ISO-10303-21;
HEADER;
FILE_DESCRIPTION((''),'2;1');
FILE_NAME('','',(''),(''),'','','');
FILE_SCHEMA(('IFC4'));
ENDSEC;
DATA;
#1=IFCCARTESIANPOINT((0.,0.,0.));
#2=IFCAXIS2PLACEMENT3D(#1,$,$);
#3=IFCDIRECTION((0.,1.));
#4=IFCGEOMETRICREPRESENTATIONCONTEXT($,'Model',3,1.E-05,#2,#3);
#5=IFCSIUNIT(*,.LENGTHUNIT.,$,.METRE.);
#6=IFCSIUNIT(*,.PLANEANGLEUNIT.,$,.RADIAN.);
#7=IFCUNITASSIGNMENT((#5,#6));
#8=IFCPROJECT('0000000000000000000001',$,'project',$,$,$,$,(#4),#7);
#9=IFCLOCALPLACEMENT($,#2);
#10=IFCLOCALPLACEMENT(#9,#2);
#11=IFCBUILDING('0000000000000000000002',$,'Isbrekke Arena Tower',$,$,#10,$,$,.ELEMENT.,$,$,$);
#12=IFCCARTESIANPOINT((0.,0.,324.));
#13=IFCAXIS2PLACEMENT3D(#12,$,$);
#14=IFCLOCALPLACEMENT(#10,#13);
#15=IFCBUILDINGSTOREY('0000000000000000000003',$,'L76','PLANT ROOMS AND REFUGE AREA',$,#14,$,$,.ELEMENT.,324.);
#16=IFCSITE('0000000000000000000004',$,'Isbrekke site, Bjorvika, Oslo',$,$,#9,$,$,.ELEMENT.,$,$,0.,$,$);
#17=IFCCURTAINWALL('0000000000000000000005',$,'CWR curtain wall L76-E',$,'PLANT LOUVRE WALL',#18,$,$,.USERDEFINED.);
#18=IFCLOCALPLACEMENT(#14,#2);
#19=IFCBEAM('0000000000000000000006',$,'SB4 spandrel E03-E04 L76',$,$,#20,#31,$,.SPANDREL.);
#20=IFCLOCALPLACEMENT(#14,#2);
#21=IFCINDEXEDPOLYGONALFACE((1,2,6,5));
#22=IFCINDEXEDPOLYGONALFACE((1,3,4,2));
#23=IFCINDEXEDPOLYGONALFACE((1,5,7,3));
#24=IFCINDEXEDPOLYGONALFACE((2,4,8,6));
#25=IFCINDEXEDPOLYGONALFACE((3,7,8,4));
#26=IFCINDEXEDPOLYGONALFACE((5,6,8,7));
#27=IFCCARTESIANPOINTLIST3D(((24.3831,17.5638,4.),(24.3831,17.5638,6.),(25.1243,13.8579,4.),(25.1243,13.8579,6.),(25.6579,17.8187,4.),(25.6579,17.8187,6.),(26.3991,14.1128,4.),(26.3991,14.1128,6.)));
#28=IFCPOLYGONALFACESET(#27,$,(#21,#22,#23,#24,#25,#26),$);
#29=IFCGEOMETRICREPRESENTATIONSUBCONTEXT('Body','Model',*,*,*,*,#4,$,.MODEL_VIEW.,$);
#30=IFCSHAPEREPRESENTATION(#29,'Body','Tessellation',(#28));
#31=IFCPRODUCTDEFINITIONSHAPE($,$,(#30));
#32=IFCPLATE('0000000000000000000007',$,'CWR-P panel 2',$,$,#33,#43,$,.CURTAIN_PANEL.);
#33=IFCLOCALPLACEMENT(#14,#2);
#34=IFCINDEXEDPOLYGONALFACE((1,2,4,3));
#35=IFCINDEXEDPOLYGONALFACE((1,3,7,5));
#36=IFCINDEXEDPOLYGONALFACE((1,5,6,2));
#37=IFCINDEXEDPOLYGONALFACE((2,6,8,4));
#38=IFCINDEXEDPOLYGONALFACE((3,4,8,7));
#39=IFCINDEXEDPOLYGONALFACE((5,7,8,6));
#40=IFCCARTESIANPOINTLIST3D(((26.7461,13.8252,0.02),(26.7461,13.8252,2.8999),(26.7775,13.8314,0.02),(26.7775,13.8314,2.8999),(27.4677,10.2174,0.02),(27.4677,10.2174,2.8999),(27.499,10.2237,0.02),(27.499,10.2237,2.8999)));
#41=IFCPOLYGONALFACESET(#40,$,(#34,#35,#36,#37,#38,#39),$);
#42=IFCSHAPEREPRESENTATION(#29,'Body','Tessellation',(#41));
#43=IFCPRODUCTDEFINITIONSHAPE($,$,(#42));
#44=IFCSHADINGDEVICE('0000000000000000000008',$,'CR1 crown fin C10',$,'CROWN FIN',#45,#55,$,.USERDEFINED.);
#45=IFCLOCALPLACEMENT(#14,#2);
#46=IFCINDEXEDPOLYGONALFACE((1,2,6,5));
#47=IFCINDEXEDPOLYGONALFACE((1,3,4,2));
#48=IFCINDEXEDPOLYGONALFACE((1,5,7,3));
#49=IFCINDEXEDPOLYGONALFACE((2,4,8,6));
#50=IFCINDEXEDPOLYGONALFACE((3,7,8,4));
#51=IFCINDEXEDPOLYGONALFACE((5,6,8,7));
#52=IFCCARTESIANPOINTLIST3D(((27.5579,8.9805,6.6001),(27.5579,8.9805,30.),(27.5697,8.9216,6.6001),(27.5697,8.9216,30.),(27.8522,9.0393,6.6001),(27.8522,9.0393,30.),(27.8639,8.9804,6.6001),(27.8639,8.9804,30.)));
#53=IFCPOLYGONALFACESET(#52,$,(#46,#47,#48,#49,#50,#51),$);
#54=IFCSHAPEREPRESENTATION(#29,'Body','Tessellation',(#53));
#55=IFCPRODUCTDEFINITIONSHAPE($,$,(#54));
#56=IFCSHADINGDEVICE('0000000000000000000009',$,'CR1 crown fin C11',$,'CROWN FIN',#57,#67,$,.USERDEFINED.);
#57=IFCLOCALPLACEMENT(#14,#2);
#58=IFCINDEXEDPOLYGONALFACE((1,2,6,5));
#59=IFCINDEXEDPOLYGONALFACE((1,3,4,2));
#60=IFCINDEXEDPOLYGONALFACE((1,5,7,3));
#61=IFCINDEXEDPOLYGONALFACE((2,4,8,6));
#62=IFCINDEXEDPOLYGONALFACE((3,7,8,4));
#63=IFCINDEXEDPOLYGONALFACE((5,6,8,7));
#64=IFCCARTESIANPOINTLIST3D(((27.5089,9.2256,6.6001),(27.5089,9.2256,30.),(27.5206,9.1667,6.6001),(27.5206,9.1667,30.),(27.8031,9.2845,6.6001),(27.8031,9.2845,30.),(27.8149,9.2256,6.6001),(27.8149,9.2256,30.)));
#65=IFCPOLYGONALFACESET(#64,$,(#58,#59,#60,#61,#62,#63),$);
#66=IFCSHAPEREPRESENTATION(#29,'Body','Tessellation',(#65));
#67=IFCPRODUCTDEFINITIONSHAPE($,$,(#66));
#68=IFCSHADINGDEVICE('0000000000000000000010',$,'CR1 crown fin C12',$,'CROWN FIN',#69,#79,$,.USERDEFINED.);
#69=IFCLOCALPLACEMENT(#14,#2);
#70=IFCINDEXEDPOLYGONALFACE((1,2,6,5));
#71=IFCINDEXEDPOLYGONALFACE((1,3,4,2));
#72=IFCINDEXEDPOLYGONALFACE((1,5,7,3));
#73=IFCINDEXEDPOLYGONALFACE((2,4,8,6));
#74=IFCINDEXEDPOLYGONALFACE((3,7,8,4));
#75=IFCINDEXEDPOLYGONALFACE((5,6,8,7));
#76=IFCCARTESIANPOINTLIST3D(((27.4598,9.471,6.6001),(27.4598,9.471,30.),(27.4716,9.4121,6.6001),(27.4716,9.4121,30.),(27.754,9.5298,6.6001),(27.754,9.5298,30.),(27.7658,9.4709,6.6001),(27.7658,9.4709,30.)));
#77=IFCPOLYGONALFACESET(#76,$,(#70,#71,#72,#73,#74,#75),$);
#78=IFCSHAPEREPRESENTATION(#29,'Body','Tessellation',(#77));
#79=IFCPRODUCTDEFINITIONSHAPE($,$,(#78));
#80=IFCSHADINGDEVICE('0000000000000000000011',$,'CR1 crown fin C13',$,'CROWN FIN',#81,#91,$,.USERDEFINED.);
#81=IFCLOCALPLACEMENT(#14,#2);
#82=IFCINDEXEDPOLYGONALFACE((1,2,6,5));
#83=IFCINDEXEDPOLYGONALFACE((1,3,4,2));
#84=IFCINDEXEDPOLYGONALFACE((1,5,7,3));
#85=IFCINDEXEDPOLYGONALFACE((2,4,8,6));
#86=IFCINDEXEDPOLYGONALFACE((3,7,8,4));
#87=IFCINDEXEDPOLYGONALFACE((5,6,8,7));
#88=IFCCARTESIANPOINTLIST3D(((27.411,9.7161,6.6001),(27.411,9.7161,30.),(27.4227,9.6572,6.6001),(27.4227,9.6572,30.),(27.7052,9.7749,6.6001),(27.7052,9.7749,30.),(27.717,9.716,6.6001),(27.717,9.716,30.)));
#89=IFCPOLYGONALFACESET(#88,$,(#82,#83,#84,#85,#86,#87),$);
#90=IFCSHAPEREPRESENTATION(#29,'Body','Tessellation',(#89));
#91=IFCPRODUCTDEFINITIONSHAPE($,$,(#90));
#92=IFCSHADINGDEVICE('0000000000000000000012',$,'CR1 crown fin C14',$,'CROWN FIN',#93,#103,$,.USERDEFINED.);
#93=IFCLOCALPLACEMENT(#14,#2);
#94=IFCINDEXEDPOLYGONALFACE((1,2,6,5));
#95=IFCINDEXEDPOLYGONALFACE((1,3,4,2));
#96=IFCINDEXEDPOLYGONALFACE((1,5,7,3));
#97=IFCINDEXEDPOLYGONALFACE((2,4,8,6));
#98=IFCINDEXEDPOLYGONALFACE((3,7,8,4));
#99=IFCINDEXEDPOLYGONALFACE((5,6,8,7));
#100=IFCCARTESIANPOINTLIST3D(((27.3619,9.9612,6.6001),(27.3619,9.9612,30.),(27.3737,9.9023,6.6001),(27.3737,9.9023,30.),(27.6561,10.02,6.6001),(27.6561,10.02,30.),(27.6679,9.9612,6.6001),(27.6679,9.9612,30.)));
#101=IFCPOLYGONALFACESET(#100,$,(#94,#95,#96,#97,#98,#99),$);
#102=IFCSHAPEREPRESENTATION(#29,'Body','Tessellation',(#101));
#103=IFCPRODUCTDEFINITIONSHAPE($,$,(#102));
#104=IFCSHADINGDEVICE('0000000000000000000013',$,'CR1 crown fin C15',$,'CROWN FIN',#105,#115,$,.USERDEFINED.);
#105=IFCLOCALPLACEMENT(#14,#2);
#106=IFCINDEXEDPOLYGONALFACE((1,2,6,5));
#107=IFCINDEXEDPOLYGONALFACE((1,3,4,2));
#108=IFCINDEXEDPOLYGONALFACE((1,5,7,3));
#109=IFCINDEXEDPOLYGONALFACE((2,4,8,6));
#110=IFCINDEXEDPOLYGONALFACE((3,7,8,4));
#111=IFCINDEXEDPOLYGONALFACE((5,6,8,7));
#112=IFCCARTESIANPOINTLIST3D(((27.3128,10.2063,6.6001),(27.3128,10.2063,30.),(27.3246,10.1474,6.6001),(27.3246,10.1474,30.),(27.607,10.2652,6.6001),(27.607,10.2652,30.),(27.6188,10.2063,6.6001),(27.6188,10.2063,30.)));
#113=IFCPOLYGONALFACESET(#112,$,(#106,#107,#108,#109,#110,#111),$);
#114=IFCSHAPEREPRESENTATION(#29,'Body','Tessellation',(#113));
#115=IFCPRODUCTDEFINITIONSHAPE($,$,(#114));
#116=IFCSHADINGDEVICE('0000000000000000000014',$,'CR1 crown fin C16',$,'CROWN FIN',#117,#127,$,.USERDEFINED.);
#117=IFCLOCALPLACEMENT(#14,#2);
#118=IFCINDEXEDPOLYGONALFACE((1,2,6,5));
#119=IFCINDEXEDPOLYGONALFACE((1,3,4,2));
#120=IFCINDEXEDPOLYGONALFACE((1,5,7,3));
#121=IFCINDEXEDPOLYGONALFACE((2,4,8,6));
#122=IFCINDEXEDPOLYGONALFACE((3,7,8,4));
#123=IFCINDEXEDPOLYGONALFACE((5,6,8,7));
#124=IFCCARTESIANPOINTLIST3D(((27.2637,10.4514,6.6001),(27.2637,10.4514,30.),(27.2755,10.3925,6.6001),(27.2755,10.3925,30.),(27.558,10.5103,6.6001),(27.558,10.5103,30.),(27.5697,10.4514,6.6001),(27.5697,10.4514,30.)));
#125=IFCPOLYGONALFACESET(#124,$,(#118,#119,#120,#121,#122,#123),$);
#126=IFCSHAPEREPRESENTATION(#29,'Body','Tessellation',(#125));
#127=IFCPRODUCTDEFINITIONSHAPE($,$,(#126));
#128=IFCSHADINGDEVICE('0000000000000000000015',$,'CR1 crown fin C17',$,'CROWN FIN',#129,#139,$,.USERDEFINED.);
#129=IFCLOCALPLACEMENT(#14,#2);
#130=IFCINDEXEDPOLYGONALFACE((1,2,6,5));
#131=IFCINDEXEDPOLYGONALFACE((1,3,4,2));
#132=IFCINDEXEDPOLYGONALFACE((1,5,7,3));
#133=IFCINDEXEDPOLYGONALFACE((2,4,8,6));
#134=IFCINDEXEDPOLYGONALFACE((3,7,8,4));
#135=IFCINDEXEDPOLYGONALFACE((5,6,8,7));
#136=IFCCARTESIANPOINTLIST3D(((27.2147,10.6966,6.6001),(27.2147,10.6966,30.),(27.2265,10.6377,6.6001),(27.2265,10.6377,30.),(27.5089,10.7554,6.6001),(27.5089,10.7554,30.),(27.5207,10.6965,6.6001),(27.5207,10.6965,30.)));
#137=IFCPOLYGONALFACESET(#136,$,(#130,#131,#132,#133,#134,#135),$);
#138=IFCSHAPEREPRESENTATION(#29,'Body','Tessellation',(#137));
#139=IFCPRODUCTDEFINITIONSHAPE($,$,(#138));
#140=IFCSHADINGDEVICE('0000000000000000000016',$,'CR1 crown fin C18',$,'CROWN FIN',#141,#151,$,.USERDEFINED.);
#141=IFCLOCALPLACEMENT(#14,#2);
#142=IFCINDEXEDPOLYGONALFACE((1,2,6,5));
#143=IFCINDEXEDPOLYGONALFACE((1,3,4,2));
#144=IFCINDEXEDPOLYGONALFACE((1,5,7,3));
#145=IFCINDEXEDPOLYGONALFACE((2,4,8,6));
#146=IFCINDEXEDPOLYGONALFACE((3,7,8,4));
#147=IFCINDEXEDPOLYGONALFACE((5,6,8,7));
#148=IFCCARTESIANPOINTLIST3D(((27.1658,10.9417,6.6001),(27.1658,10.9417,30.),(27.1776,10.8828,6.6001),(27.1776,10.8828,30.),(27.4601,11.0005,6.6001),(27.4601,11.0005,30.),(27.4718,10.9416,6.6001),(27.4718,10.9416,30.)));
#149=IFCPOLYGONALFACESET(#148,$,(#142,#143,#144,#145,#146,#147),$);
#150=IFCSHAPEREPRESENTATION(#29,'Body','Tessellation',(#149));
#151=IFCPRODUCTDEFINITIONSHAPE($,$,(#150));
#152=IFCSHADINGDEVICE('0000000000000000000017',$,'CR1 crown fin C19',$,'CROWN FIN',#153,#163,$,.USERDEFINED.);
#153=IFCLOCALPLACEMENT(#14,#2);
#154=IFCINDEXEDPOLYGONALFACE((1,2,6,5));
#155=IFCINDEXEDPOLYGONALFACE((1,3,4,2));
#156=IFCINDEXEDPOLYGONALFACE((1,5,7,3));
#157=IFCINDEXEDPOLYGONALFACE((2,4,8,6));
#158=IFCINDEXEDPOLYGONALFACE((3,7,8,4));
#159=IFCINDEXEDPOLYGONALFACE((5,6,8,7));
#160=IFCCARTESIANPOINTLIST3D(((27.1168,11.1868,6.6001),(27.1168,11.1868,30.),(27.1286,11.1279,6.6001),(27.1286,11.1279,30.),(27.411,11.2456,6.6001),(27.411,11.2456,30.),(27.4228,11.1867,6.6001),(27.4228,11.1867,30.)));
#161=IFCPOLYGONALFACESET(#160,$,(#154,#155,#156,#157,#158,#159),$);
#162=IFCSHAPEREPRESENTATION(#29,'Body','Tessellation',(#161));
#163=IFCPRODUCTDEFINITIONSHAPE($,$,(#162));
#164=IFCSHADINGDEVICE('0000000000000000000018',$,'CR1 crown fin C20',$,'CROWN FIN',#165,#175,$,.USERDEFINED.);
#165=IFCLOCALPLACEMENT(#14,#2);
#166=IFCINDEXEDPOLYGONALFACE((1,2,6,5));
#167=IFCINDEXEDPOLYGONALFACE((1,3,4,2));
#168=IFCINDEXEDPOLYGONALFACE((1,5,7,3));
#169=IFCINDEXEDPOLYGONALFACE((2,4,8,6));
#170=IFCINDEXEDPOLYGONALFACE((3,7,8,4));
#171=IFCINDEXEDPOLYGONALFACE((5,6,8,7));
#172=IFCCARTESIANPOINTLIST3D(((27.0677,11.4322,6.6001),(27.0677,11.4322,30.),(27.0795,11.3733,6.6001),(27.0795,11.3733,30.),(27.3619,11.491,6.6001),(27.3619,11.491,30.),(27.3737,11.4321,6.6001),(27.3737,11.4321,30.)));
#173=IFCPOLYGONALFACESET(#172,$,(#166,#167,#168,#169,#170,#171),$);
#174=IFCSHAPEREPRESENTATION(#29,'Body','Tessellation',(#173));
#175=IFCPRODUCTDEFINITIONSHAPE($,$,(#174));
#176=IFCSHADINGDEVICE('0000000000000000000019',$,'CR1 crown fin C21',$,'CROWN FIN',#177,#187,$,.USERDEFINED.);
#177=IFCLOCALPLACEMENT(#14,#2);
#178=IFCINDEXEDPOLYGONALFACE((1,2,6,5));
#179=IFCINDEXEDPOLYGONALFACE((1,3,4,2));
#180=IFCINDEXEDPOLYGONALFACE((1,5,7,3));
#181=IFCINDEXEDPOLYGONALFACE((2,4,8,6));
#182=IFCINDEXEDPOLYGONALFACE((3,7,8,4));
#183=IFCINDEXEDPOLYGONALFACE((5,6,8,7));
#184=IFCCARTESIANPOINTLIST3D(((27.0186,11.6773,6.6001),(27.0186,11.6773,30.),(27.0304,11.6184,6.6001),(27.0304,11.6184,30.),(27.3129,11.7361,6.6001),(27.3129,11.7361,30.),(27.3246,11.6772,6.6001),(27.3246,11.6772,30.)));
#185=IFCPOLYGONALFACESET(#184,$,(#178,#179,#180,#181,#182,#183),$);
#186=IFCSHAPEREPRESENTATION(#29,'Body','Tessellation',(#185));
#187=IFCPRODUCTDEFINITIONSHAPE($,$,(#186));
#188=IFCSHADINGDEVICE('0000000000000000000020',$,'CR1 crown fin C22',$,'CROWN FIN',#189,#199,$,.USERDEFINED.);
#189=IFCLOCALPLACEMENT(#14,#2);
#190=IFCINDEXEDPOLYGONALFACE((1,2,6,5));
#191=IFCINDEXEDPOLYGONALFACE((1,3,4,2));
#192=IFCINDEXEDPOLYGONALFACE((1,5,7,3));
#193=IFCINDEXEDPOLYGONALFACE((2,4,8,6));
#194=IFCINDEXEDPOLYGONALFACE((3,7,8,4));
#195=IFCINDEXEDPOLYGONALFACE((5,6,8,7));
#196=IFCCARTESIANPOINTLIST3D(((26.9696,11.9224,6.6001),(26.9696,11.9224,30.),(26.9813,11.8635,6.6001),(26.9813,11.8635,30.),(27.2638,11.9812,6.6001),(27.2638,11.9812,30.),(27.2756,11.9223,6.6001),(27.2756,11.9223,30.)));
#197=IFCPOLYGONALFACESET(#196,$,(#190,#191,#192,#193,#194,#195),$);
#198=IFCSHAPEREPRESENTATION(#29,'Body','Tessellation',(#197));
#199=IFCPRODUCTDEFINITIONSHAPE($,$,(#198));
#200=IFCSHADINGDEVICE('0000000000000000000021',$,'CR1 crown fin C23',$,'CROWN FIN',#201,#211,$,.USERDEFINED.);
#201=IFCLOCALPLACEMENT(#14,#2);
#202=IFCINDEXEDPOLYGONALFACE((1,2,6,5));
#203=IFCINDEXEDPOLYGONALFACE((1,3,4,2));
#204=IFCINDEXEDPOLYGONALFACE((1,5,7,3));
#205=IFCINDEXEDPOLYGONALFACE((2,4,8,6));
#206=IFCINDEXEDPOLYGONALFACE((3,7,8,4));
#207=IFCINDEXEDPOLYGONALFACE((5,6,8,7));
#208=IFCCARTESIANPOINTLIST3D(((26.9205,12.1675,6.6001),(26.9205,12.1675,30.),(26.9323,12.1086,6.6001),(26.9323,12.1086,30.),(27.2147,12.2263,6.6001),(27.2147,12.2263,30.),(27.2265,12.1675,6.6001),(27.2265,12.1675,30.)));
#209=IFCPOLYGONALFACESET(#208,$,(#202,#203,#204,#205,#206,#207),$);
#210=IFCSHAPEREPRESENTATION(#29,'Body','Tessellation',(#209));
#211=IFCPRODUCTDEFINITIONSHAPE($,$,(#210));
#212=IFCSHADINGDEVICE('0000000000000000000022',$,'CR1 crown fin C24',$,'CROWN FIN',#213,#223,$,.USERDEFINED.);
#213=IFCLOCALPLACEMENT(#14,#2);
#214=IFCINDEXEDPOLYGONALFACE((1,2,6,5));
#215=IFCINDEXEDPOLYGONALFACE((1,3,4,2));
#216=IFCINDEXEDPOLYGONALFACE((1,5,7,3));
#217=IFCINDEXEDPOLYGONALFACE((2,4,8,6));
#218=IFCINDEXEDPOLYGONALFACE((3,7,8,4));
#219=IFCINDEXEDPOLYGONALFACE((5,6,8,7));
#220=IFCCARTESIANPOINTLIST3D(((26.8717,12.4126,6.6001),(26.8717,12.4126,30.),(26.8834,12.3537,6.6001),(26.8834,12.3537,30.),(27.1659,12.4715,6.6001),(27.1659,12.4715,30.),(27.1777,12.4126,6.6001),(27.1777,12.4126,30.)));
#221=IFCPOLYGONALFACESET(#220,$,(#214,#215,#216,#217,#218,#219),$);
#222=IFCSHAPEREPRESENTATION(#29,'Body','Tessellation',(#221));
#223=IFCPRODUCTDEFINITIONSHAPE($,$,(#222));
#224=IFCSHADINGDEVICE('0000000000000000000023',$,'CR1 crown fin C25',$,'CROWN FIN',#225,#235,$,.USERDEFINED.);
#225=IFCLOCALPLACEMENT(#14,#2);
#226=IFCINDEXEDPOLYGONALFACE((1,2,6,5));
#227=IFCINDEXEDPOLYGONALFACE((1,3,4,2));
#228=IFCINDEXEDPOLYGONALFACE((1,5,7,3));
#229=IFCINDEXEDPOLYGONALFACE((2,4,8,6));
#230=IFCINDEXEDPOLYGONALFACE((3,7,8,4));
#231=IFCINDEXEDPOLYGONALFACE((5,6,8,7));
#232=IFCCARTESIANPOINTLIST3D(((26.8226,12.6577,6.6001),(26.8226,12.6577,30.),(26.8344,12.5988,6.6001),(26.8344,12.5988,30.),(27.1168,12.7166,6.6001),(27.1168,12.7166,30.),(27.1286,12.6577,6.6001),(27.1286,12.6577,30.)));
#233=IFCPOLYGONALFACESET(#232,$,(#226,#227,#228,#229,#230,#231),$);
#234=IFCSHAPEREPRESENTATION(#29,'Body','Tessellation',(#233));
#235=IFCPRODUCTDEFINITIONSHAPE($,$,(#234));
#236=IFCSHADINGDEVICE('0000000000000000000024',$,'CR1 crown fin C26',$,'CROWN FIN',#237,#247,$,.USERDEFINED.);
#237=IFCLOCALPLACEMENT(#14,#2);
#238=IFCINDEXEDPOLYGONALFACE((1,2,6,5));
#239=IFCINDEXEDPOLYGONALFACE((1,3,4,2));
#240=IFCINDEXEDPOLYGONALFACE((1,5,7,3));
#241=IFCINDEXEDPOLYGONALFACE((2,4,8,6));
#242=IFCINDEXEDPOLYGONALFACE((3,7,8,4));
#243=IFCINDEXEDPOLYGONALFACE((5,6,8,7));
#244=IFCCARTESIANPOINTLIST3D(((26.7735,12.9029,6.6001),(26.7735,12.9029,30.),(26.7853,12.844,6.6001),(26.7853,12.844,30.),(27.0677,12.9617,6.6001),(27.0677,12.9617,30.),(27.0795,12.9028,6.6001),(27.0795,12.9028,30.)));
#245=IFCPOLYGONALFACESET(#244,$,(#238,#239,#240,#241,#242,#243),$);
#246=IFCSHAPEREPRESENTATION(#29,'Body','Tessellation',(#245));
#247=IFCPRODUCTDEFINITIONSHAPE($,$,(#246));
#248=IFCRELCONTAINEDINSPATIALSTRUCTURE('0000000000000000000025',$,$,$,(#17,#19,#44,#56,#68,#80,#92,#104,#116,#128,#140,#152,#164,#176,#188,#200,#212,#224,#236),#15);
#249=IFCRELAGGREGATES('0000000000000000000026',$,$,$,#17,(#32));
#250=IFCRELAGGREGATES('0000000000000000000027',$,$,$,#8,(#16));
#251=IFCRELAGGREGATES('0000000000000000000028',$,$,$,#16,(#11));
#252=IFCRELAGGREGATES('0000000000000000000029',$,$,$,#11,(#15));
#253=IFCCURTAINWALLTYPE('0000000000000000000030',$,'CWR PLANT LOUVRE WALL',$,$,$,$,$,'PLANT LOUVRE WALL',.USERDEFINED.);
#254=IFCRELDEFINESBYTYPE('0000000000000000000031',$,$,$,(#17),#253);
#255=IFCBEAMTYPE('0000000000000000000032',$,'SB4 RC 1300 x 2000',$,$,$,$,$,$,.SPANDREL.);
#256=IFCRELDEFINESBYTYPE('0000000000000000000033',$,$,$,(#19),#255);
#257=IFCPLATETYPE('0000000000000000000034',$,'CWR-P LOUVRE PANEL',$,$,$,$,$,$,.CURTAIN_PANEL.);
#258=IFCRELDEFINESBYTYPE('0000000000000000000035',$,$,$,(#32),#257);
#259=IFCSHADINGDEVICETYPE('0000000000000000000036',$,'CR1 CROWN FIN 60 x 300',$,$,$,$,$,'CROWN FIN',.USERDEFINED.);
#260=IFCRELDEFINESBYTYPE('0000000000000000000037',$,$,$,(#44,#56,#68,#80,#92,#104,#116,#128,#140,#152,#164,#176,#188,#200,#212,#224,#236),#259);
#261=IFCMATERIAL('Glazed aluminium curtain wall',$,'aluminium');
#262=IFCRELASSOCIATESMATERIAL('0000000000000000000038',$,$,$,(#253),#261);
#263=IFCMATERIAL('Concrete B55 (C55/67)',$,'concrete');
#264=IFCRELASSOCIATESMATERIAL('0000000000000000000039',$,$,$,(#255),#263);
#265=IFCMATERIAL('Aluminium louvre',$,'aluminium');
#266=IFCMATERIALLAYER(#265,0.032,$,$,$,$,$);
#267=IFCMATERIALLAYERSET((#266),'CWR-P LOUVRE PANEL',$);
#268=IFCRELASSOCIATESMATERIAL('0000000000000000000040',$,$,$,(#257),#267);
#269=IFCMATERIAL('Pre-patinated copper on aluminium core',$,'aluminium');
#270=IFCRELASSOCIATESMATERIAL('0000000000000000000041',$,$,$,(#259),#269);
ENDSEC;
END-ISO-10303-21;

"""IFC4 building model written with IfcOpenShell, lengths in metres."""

from ifc_helpers import new_model, si_unit, direction, frame, origin, origin_2d, place, context, subcontext, project, spatial, rectangle, extrude, material, layer, layer_set, material_profile, profile_set, type_object, element, aggregate, save


model = new_model("IFC4")

# Units and contexts
model_context = context("Model", 3, precision=1e-05, world=origin(), true_north=direction((0.0, 1.0)))
body_context = subcontext(model_context, "Body", "Model", "MODEL_VIEW")
ifc_project = project(units=[si_unit("LENGTHUNIT", "METRE"), si_unit("PLANEANGLEUNIT", "RADIAN")], contexts=[model_context])

# Site, building, storey
site_placement = place(None, origin())
site = spatial("IfcSite", under=ifc_project, at=site_placement, Name="Isbrekke site, Bjorvika, Oslo", CompositionType="ELEMENT", RefElevation=0.0)
building_placement = place(site_placement, origin())
building = spatial("IfcBuilding", under=site, at=building_placement, Name="Isbrekke Arena Tower", CompositionType="ELEMENT")
storey_placement = place(building_placement, frame((0.0, 0.0, 324.0)))
storey = spatial("IfcBuildingStorey", under=building, at=storey_placement, Name="L76", Description="PLANT ROOMS AND REFUGE AREA", CompositionType="ELEMENT", Elevation=324.0)

# Curtain wall
ifc_material_1 = material(Name="Glazed aluminium curtain wall", Category="aluminium")
curtain_wall_type = type_object("IfcCurtainWallType", Name="CWR PLANT LOUVRE WALL", ElementType="PLANT LOUVRE WALL", PredefinedType="USERDEFINED", material=ifc_material_1)
curtain_wall_placement = place(storey_placement, origin())
curtain_wall = element("IfcCurtainWall", 1, at=curtain_wall_placement, inside=storey, type_object=curtain_wall_type, Name="CWR curtain wall L76-E", ObjectType="PLANT LOUVRE WALL", PredefinedType="USERDEFINED")

# Beam
ifc_material_2 = material(Name="Concrete B55 (C55/67)", Category="concrete")
ifc_material_profile_1 = material_profile(ifc_material_2, rectangle(XDim=1.3, YDim=2.0, at=origin_2d()), Name="RC 1300x2000")
ifc_profile_set_1 = profile_set([ifc_material_profile_1], Name="Concrete B55 (C55/67)")
beam_type_1 = type_object("IfcBeamType", Name="SB4 RC 1300 x 2000", PredefinedType="SPANDREL", material=ifc_profile_set_1)
beam_1_placement = place(storey_placement, frame((25.7617, 13.9854, 5.0), z_axis=(-0.196129, 0.980578, 0.0), x_axis=(-0.980578, -0.196129, 0.0)))
element("IfcBeam", 2, at=beam_1_placement, inside=storey, type_object=beam_type_1, Name="SB4 spandrel E03-E04 L76", PredefinedType="SPANDREL", context=body_context, shape_type="SweptSolid", body=[
    extrude(rectangle(XDim=1.3, YDim=2.0, at=origin_2d()), origin(), (0.0, 0.0, 1.0), 3.7793),
])

# Plate
ifc_material_3 = material(Name="Aluminium louvre", Category="aluminium")
ifc_layer = layer(ifc_material_3, 0.032)
ifc_layer_set = layer_set([ifc_layer], Name="CWR-P LOUVRE PANEL")
plate_type = type_object("IfcPlateType", Name="CWR-P LOUVRE PANEL", PredefinedType="CURTAIN_PANEL", material=ifc_layer_set)
plate_placement = place(storey_placement, frame((27.1226, 12.0244, 0.02), z_axis=(0.0, 0.0, 1.0), x_axis=(-0.196116, 0.980581, 0.0)))
plate = element("IfcPlate", 3, at=plate_placement, type_object=plate_type, Name="CWR-P panel 2", PredefinedType="CURTAIN_PANEL", context=body_context, shape_type="SweptSolid", body=[
    extrude(rectangle(XDim=3.6792, YDim=0.032, at=origin_2d()), origin(), (0.0, 0.0, 1.0), 2.8799),
])
aggregate(curtain_wall, [plate])

# Shading devices
ifc_material_4 = material(Name="Pre-patinated copper on aluminium core", Category="aluminium")
ifc_material_profile_2 = material_profile(ifc_material_4, rectangle(XDim=0.0601, YDim=0.3, at=origin_2d()), Name="FIN 60X300")
ifc_profile_set_2 = profile_set([ifc_material_profile_2], Name="Pre-patinated copper on aluminium core")
shading_device_type = type_object("IfcShadingDeviceType", Name="CR1 CROWN FIN 60 x 300", ElementType="CROWN FIN", PredefinedType="USERDEFINED", material=ifc_profile_set_2)
for number, where, z_axis, x_axis, name in (
    (4, (27.7109, 8.9805, 6.6001), (0.0, 0.0, 1.0), (-0.196116, 0.980581, 0.0), "CR1 crown fin C10"),
    (5, (27.6619, 9.2256, 6.6001), (0.0, 0.0, 1.0), (-0.196116, 0.980581, 0.0), "CR1 crown fin C11"),
    (6, (27.6128, 9.4709, 6.6001), (0.0, 0.0, 1.0), (-0.196116, 0.980581, 0.0), "CR1 crown fin C12"),
    (7, (27.564, 9.7161, 6.6001), (0.0, 0.0, 1.0), (-0.196116, 0.980581, 0.0), "CR1 crown fin C13"),
    (8, (27.5149, 9.9612, 6.6001), (0.0, 0.0, 1.0), (-0.196116, 0.980581, 0.0), "CR1 crown fin C14"),
    (9, (27.4658, 10.2063, 6.6001), (0.0, 0.0, 1.0), (-0.196116, 0.980581, 0.0), "CR1 crown fin C15"),
    (10, (27.4167, 10.4514, 6.6001), (0.0, 0.0, 1.0), (-0.196116, 0.980581, 0.0), "CR1 crown fin C16"),
    (11, (27.3677, 10.6965, 6.6001), (0.0, 0.0, 1.0), (-0.196116, 0.980581, 0.0), "CR1 crown fin C17"),
    (12, (27.3188, 10.9417, 6.6001), (0.0, 0.0, 1.0), (-0.196116, 0.980581, 0.0), "CR1 crown fin C18"),
    (13, (27.2698, 11.1868, 6.6001), (0.0, 0.0, 1.0), (-0.196116, 0.980581, 0.0), "CR1 crown fin C19"),
    (14, (27.2207, 11.4321, 6.6001), (0.0, 0.0, 1.0), (-0.196116, 0.980581, 0.0), "CR1 crown fin C20"),
    (15, (27.1716, 11.6772, 6.6001), (0.0, 0.0, 1.0), (-0.196116, 0.980581, 0.0), "CR1 crown fin C21"),
    (16, (27.1226, 11.9224, 6.6001), (0.0, 0.0, 1.0), (-0.196116, 0.980581, 0.0), "CR1 crown fin C22"),
    (17, (27.0735, 12.1675, 6.6001), (0.0, 0.0, 1.0), (-0.196116, 0.980581, 0.0), "CR1 crown fin C23"),
    (18, (27.0247, 12.4126, 6.6001), (0.0, 0.0, 1.0), (-0.196116, 0.980581, 0.0), "CR1 crown fin C24"),
    (19, (26.9756, 12.6577, 6.6001), (0.0, 0.0, 1.0), (-0.196116, 0.980581, 0.0), "CR1 crown fin C25"),
    (20, (26.9265, 12.9028, 6.6001), (0.0, 0.0, 1.0), (-0.196116, 0.980581, 0.0), "CR1 crown fin C26"),
):
    element("IfcShadingDevice", number, at=place(storey_placement, frame(where, z_axis=z_axis, x_axis=x_axis)), inside=storey, type_object=shading_device_type, Name=name, ObjectType="CROWN FIN", PredefinedType="USERDEFINED", context=body_context, shape_type="SweptSolid", body=[
        extrude(rectangle(XDim=0.0601, YDim=0.3, at=origin_2d()), origin(), (0.0, 0.0, 1.0), 23.3999),
    ])

save(model, "model.ifc")
